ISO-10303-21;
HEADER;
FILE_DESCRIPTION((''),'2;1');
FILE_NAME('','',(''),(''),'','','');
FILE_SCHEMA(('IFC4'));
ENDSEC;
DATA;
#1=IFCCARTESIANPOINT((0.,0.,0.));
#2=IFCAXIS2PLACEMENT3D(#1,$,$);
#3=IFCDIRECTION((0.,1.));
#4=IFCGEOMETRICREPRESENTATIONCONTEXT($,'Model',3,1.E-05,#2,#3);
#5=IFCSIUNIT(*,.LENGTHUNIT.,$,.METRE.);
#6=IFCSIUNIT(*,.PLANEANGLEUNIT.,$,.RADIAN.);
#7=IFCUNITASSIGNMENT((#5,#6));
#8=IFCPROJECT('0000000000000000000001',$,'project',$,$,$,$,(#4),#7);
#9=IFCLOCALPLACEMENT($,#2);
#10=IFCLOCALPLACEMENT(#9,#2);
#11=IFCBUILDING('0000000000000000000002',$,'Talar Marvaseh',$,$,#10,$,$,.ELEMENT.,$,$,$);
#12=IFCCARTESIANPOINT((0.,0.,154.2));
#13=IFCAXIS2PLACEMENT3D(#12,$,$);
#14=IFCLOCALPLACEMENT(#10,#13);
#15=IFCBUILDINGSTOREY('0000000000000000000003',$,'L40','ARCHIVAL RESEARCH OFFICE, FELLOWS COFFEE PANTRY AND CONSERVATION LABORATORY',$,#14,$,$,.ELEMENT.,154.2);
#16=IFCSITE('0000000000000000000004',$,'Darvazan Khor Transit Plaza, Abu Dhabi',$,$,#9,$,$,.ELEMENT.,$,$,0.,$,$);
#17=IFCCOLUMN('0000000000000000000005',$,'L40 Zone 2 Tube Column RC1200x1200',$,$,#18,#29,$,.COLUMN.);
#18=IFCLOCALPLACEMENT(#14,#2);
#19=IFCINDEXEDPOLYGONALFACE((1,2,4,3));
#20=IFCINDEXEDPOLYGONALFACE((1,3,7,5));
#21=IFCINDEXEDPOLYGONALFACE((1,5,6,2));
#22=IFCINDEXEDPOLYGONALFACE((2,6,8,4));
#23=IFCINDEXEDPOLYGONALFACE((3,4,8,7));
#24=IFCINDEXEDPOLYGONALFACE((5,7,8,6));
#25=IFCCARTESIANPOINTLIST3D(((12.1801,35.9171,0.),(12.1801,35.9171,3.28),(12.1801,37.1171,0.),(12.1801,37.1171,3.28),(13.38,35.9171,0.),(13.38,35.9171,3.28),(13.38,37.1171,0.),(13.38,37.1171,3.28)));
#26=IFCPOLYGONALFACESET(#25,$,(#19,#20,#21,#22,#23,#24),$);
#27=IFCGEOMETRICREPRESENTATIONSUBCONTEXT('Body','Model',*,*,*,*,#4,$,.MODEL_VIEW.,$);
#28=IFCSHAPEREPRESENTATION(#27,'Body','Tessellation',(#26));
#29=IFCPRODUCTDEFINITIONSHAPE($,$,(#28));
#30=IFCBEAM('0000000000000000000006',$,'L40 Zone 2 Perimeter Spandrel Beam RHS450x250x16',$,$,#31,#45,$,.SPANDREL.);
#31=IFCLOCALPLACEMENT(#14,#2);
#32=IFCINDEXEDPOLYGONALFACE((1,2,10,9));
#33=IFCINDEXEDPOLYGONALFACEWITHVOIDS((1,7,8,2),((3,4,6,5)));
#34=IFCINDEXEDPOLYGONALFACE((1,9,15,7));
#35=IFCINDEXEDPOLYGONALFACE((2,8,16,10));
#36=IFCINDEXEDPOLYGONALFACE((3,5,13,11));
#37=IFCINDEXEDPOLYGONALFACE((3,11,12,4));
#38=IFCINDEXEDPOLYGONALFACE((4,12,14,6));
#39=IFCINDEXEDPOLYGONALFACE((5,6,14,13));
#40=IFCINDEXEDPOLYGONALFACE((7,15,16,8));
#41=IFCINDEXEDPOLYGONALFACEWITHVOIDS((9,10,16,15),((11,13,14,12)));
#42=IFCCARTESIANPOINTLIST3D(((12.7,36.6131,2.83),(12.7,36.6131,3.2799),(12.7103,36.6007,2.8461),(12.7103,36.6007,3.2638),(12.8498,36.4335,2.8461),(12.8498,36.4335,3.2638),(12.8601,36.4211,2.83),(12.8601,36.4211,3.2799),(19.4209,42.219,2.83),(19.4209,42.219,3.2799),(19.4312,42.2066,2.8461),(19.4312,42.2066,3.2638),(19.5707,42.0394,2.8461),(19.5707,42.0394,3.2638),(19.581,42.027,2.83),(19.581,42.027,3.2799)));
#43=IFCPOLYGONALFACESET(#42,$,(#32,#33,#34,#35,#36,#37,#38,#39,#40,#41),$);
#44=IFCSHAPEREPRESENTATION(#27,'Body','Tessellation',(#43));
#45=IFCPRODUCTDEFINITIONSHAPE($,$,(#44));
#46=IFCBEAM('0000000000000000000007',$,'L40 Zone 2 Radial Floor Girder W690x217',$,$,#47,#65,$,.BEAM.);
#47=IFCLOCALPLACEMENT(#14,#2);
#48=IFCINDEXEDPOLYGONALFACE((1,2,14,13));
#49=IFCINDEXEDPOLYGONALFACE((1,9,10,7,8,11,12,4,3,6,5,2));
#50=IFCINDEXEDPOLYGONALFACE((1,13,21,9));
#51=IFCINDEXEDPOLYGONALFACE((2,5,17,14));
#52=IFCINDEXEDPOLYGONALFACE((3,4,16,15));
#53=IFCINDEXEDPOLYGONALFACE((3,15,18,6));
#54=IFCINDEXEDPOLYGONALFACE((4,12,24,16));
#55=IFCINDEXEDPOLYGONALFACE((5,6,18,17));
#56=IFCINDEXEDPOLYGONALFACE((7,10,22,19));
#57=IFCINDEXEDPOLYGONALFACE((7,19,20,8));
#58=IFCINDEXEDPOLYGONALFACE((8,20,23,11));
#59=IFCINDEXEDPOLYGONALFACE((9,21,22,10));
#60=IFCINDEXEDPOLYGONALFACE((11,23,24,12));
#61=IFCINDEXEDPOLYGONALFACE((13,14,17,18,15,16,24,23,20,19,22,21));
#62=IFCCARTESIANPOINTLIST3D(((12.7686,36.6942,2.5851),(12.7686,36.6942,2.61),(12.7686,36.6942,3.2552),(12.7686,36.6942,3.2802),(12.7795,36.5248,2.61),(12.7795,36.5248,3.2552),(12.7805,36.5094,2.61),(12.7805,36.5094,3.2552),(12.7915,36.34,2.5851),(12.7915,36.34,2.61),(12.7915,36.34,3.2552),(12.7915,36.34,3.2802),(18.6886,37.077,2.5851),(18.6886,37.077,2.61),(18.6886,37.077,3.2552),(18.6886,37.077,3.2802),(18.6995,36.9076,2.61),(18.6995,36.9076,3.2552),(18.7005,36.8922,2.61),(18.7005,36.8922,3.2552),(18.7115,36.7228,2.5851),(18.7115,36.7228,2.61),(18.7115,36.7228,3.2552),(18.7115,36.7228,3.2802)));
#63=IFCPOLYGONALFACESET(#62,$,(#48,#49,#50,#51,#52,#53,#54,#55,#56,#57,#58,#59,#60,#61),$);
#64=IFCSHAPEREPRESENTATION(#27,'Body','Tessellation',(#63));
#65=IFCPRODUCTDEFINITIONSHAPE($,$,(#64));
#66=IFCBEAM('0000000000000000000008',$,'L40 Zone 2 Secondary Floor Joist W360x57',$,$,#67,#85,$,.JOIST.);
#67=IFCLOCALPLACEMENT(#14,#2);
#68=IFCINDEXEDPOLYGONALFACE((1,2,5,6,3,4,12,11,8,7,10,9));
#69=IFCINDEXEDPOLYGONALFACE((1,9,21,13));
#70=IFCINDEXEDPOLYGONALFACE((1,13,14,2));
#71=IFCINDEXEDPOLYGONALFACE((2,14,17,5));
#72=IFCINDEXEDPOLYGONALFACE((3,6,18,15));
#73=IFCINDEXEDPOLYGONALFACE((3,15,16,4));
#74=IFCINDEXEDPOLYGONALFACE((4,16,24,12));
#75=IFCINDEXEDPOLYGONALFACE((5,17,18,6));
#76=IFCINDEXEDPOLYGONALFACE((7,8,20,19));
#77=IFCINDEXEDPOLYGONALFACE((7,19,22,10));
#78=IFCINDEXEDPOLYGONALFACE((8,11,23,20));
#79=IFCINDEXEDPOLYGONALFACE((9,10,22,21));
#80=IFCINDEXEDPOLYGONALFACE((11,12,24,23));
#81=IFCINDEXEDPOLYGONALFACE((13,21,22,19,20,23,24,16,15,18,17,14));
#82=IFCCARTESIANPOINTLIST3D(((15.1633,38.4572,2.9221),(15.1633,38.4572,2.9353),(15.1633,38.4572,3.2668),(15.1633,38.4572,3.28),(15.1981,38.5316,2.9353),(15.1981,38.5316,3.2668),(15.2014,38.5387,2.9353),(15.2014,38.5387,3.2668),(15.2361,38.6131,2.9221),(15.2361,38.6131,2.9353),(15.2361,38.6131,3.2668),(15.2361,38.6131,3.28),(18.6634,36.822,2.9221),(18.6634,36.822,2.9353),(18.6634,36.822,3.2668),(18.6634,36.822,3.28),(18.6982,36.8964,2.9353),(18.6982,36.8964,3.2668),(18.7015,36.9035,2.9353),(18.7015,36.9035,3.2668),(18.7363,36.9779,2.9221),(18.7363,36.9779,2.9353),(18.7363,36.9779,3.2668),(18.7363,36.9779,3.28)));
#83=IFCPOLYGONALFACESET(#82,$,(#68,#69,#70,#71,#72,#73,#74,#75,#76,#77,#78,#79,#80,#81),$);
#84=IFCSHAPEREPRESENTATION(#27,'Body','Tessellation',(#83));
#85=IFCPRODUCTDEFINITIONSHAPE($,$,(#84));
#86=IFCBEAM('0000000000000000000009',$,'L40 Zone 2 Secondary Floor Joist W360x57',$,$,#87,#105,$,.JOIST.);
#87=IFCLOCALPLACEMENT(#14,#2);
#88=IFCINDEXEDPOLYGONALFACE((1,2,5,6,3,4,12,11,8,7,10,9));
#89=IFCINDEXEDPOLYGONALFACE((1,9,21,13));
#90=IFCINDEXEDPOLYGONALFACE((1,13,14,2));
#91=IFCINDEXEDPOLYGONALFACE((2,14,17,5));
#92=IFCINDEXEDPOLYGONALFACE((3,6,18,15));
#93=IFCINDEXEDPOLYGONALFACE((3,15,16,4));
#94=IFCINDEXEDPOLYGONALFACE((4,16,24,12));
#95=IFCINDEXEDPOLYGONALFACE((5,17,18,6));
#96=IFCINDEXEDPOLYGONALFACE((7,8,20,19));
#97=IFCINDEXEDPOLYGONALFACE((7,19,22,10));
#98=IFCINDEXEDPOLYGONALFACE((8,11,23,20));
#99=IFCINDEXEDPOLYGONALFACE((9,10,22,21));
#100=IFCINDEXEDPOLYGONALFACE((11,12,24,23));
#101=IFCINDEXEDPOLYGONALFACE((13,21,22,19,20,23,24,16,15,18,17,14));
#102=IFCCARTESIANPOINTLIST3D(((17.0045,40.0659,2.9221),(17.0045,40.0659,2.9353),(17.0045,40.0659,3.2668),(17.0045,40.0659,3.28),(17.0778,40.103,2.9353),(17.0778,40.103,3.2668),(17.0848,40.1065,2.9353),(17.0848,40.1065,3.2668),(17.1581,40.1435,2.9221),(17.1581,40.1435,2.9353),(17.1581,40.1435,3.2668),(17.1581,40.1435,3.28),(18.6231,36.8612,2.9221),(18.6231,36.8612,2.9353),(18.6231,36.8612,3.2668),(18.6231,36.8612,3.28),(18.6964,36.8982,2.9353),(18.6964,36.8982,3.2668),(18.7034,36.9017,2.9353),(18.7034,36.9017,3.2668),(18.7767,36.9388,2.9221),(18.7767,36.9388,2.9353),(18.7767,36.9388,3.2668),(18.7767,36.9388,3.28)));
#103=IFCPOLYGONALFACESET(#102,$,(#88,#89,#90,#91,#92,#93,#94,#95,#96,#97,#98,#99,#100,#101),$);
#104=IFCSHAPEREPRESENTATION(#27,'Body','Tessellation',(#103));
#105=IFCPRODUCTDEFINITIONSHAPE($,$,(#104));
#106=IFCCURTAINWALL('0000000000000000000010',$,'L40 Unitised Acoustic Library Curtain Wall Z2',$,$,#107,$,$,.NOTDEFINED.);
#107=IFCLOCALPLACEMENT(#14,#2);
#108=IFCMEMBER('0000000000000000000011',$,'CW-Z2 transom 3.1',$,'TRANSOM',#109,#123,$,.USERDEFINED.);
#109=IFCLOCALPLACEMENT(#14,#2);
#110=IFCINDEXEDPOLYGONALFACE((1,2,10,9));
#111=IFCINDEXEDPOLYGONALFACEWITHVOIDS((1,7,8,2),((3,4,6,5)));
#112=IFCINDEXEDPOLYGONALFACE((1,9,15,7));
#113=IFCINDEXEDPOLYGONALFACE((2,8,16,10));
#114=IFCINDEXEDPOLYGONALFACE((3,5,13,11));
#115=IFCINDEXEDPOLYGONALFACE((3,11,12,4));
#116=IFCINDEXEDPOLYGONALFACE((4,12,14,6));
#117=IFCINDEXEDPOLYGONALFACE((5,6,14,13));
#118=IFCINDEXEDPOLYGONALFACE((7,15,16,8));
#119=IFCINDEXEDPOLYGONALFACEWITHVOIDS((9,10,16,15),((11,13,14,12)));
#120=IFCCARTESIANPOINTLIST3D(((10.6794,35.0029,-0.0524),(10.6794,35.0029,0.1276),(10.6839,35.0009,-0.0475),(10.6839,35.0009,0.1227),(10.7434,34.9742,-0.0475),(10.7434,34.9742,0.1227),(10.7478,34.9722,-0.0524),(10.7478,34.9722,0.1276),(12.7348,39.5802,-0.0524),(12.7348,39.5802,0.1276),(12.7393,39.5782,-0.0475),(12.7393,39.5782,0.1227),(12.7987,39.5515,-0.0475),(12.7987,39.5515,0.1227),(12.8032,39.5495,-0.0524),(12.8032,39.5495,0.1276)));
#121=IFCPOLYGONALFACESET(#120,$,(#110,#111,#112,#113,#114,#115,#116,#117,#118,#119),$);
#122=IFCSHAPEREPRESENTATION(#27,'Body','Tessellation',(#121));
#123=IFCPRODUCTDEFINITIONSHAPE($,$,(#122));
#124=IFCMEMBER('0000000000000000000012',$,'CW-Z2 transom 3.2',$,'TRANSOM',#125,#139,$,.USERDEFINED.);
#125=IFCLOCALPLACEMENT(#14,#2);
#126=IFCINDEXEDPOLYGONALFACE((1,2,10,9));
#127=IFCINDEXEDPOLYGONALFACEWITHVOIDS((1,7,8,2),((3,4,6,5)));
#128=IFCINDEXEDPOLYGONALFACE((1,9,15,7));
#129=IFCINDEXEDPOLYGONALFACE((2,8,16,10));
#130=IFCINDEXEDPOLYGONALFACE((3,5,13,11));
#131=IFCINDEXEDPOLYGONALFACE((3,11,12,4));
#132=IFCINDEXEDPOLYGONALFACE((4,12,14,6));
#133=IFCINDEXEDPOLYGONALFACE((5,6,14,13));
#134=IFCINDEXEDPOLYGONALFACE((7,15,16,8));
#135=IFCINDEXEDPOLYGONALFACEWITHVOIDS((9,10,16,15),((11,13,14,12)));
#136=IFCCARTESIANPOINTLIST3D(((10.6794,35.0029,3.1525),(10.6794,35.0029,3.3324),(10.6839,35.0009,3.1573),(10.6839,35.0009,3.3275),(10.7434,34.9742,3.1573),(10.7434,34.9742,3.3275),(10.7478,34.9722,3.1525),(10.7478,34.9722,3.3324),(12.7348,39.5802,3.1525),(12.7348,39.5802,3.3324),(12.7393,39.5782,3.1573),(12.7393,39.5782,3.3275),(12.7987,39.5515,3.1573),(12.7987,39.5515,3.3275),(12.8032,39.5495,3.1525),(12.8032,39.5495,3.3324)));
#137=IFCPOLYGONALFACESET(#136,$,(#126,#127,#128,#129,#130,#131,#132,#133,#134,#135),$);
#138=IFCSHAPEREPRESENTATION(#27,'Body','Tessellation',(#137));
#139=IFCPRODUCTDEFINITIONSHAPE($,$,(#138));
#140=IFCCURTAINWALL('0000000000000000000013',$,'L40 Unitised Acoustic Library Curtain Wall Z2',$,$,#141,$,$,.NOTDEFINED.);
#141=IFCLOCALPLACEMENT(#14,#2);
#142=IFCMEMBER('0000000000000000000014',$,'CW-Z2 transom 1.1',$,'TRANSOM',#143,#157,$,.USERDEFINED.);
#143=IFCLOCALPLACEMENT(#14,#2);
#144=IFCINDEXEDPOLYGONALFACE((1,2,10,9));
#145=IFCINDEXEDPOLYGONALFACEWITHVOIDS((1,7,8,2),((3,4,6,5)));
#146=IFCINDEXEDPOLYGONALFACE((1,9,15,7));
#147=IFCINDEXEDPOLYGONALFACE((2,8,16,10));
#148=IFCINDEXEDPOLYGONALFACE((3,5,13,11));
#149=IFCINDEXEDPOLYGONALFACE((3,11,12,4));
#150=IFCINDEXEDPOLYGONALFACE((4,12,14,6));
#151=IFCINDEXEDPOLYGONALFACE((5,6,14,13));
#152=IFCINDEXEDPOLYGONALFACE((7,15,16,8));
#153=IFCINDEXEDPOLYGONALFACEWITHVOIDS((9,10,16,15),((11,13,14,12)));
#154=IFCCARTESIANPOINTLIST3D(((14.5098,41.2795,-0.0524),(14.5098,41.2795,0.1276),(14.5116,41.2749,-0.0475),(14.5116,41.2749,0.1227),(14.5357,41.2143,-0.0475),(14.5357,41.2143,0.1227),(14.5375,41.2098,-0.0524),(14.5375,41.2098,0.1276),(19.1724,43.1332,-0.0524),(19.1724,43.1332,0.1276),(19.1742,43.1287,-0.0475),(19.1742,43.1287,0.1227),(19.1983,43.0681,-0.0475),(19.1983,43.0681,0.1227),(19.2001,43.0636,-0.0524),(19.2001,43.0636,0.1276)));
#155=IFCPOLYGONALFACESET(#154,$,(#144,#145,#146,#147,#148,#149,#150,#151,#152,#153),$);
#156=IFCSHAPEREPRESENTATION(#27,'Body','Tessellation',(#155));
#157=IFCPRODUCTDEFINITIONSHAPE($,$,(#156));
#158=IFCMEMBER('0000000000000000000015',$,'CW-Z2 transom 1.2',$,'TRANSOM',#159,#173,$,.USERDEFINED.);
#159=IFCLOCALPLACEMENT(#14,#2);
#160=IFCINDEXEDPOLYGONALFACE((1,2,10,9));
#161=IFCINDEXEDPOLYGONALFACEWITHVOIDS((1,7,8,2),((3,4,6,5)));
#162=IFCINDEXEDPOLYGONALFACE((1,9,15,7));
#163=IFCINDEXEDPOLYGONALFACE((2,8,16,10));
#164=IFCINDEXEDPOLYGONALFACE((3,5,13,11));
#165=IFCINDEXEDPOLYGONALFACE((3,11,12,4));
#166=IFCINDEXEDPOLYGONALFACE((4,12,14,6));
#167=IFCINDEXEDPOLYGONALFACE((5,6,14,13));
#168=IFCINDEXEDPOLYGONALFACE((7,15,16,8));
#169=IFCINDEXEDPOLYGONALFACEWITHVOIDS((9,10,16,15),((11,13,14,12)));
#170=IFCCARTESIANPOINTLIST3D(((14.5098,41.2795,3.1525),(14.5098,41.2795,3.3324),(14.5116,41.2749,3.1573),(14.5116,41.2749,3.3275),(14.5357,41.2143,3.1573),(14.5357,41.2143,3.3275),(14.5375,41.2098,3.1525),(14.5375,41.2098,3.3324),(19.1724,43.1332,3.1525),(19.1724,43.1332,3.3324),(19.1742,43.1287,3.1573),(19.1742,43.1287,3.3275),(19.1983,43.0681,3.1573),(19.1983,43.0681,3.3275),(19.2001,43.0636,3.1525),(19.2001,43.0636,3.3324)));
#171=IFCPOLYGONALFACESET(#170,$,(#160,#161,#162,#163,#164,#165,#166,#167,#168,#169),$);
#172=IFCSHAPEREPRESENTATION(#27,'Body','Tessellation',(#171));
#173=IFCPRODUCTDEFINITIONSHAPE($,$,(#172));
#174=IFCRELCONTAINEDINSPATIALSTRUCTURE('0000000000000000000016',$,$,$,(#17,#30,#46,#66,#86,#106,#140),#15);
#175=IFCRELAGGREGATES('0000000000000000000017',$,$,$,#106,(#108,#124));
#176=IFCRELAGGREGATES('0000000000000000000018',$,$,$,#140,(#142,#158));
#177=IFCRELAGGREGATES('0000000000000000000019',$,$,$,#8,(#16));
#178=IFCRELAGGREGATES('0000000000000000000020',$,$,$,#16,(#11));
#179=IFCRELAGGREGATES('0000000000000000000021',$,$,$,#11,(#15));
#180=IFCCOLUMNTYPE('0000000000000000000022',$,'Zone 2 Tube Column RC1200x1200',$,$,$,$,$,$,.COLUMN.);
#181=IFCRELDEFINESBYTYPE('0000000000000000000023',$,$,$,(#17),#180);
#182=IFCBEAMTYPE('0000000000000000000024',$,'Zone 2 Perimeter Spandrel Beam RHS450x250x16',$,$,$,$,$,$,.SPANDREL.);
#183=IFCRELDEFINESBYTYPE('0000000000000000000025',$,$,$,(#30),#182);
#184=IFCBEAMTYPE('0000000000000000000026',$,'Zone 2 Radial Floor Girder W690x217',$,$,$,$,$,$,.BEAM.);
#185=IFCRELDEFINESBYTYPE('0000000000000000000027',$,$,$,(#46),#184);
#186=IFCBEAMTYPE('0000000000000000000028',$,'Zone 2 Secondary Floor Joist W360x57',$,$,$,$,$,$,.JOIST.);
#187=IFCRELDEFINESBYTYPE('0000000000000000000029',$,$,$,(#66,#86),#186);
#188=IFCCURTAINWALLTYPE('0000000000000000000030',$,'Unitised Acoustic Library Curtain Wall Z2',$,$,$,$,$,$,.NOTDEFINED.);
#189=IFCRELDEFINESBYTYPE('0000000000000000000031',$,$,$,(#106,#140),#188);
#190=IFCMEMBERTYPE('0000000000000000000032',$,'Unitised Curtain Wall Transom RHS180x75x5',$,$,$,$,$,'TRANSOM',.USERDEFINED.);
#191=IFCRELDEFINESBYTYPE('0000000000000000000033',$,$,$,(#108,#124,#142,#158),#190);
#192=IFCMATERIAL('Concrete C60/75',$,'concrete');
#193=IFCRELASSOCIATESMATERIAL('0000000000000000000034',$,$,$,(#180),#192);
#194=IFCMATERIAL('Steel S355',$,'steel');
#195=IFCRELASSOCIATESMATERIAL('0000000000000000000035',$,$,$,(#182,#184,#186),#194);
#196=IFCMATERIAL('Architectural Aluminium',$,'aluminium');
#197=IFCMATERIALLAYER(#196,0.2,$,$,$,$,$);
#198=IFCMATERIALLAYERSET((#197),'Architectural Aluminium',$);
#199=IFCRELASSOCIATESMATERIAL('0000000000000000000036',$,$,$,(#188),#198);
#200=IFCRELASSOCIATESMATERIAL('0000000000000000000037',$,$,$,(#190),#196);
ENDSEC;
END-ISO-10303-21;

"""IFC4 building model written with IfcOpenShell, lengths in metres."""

from ifc_helpers import new_model, si_unit, direction, frame, origin, origin_2d, place, context, subcontext, project, spatial, rectangle, hollow_rectangle, i_section, extrude, source, transform, mapped, material, layer, layer_set, material_profile, profile_set, type_object, type_shapes, element, aggregate, save


model = new_model("IFC4")

# Units and contexts
model_context = context("Model", 3, precision=1e-05, world=origin(), true_north=direction((0.0, 1.0)))
body_context = subcontext(model_context, "Body", "Model", "MODEL_VIEW")
ifc_project = project(units=[si_unit("LENGTHUNIT", "METRE"), si_unit("PLANEANGLEUNIT", "RADIAN")], contexts=[model_context])

# Site, building, storey
site_placement = place(None, origin())
site = spatial("IfcSite", under=ifc_project, at=site_placement, Name="Darvazan Khor Transit Plaza, Abu Dhabi", CompositionType="ELEMENT", RefElevation=0.0)
building_placement = place(site_placement, origin())
building = spatial("IfcBuilding", under=site, at=building_placement, Name="Talar Marvaseh", CompositionType="ELEMENT")
storey_placement = place(building_placement, frame((0.0, 0.0, 154.2)))
storey = spatial("IfcBuildingStorey", under=building, at=storey_placement, Name="L40", Description="ARCHIVAL RESEARCH OFFICE, FELLOWS COFFEE PANTRY AND CONSERVATION LABORATORY", CompositionType="ELEMENT", Elevation=154.2)

# Column
ifc_material_1 = material(Name="Concrete C60/75", Category="concrete")
ifc_material_profile_1 = material_profile(ifc_material_1, rectangle(XDim=1.2, YDim=1.2, at=origin_2d()), Name="RC1200x1200")
ifc_profile_set_1 = profile_set([ifc_material_profile_1], Name="Concrete C60/75")
column_type = type_object("IfcColumnType", Name="Zone 2 Tube Column RC1200x1200", PredefinedType="COLUMN", material=ifc_profile_set_1)
column_placement = place(storey_placement, frame((12.78, 36.5171, 0.0), z_axis=(0.0, 0.0, 1.0), x_axis=(1.0, 0.0, 0.0)))
element("IfcColumn", 1, at=column_placement, inside=storey, type_object=column_type, Name="L40 Zone 2 Tube Column RC1200x1200", PredefinedType="COLUMN", context=body_context, shape_type="SweptSolid", body=[
    extrude(rectangle(XDim=1.2, YDim=1.2, at=origin_2d()), origin(), (0.0, 0.0, 1.0), 3.28),
])

# Beams
ifc_material_2 = material(Name="Steel S355", Category="steel")
ifc_material_profile_2 = material_profile(ifc_material_2, hollow_rectangle(XDim=0.25, YDim=0.45, WallThickness=0.0161, at=origin_2d()), Name="RHS450x250x16")
ifc_profile_set_2 = profile_set([ifc_material_profile_2], Name="Steel S355")
beam_type_1 = type_object("IfcBeamType", Name="Zone 2 Perimeter Spandrel Beam RHS450x250x16", PredefinedType="SPANDREL", material=ifc_profile_set_2)
beam_1_placement = place(storey_placement, frame((12.78, 36.5171, 3.0549), z_axis=(0.767931, 0.640533, 0.0), x_axis=(-0.640533, 0.767931, 0.0)))
element("IfcBeam", 2, at=beam_1_placement, inside=storey, type_object=beam_type_1, Name="L40 Zone 2 Perimeter Spandrel Beam RHS450x250x16", PredefinedType="SPANDREL", context=body_context, shape_type="SweptSolid", body=[
    extrude(hollow_rectangle(XDim=0.25, YDim=0.45, WallThickness=0.0161, at=origin_2d()), origin(), (0.0, 0.0, 1.0), 8.752),
])
ifc_material_profile_3 = material_profile(ifc_material_2, i_section(OverallWidth=0.355, OverallDepth=0.6951, WebThickness=0.0154, FlangeThickness=0.0249, at=origin_2d()), Name="W690x217")
ifc_profile_set_3 = profile_set([ifc_material_profile_3], Name="Steel S355")
beam_type_2 = type_object("IfcBeamType", Name="Zone 2 Radial Floor Girder W690x217", PredefinedType="BEAM", material=ifc_profile_set_3)
beam_2_placement = place(storey_placement, frame((12.78, 36.5171, 2.9326), z_axis=(0.997916, 0.06453, 0.0), x_axis=(-0.06453, 0.997916, 0.0)))
element("IfcBeam", 3, at=beam_2_placement, inside=storey, type_object=beam_type_2, Name="L40 Zone 2 Radial Floor Girder W690x217", PredefinedType="BEAM", context=body_context, shape_type="SweptSolid", body=[
    extrude(i_section(OverallWidth=0.355, OverallDepth=0.6951, WebThickness=0.0154, FlangeThickness=0.0249, at=origin_2d()), origin(), (0.0, 0.0, 1.0), 5.9324),
])
ifc_material_profile_4 = material_profile(ifc_material_2, i_section(OverallWidth=0.1721, OverallDepth=0.3579, WebThickness=0.0078, FlangeThickness=0.0132, at=origin_2d()), Name="W360x57")
ifc_profile_set_4 = profile_set([ifc_material_profile_4], Name="Steel S355")
beam_type_3 = type_object("IfcBeamType", Name="Zone 2 Secondary Floor Joist W360x57", PredefinedType="JOIST", material=ifc_profile_set_4)
beam_3_placement = place(storey_placement, frame((15.1997, 38.5352, 3.1011), z_axis=(0.906004, -0.423269, 0.0), x_axis=(0.423269, 0.906004, 0.0)))
element("IfcBeam", 4, at=beam_3_placement, inside=storey, type_object=beam_type_3, Name="L40 Zone 2 Secondary Floor Joist W360x57", PredefinedType="JOIST", context=body_context, shape_type="SweptSolid", body=[
    extrude(i_section(OverallWidth=0.1721, OverallDepth=0.3579, WebThickness=0.0078, FlangeThickness=0.0132, at=origin_2d()), origin(), (0.0, 0.0, 1.0), 3.8633),
])
beam_4_placement = place(storey_placement, frame((17.0813, 40.1047, 3.1011), z_axis=(0.450827, -0.892611, 0.0), x_axis=(0.892611, 0.450827, 0.0)))
element("IfcBeam", 5, at=beam_4_placement, inside=storey, type_object=beam_type_3, Name="L40 Zone 2 Secondary Floor Joist W360x57", PredefinedType="JOIST", context=body_context, shape_type="SweptSolid", body=[
    extrude(i_section(OverallWidth=0.1721, OverallDepth=0.3579, WebThickness=0.0078, FlangeThickness=0.0132, at=origin_2d()), origin(), (0.0, 0.0, 1.0), 3.5903),
])

# Curtain walls, members
ifc_material_3 = material(Name="Architectural Aluminium", Category="aluminium")
ifc_layer_1 = layer(ifc_material_3, 0.2)
ifc_layer_set_1 = layer_set([ifc_layer_1], Name="Architectural Aluminium")
curtain_wall_type = type_object("IfcCurtainWallType", Name="Unitised Acoustic Library Curtain Wall Z2", PredefinedType="NOTDEFINED", material=ifc_layer_set_1)
curtain_wall_1_placement = place(storey_placement, origin())
curtain_wall_1 = element("IfcCurtainWall", 6, at=curtain_wall_1_placement, inside=storey, type_object=curtain_wall_type, Name="L40 Unitised Acoustic Library Curtain Wall Z2", PredefinedType="NOTDEFINED")
ifc_material_profile_5 = material_profile(ifc_material_3, hollow_rectangle(XDim=0.075, YDim=0.1799, WallThickness=0.0049, at=origin_2d()), Name="RHS180x75x5")
ifc_profile_set_5 = profile_set([ifc_material_profile_5], Name="Architectural Aluminium")
member_type_1 = type_object("IfcMemberType", Name="Unitised Curtain Wall Transom RHS180x75x5", ElementType="TRANSOM", PredefinedType="USERDEFINED", material=ifc_profile_set_5)
shared_shape_1 = source(origin(), body_context, "Body", "SweptSolid", [
    extrude(hollow_rectangle(XDim=0.075, YDim=0.1799, WallThickness=0.0049, at=origin_2d()), origin(), (0.0, 0.0, 1.0), 5.0176),
])
type_shapes(member_type_1, [shared_shape_1])
member_1_placement = place(storey_placement, frame((10.7136, 34.9875, 0.0376), z_axis=(0.409634, 0.91225, 0.0), x_axis=(-0.91225, 0.409634, 0.0)))
member_1 = element("IfcMember", 7, at=member_1_placement, type_object=member_type_1, Name="CW-Z2 transom 3.1", ObjectType="TRANSOM", PredefinedType="USERDEFINED", context=body_context, shape_type="MappedRepresentation", body=[
    mapped(shared_shape_1, transform((0.0, 0.0, 0.0), x_axis=(1.0, 0.0, 0.0), y_axis=(0.0, 1.0, 0.0), z_axis=(0.0, 0.0, 1.0), scale=1.0)),
])
member_2_placement = place(storey_placement, frame((10.7136, 34.9875, 3.2424), z_axis=(0.409634, 0.91225, 0.0), x_axis=(-0.91225, 0.409634, 0.0)))
member_2 = element("IfcMember", 8, at=member_2_placement, type_object=member_type_1, Name="CW-Z2 transom 3.2", ObjectType="TRANSOM", PredefinedType="USERDEFINED", context=body_context, shape_type="MappedRepresentation", body=[
    mapped(shared_shape_1, transform((0.0, 0.0, 0.0), x_axis=(1.0, 0.0, 0.0), y_axis=(0.0, 1.0, 0.0), z_axis=(0.0, 0.0, 1.0), scale=1.0)),
])
curtain_wall_2_placement = place(storey_placement, origin())
curtain_wall_2 = element("IfcCurtainWall", 9, at=curtain_wall_2_placement, inside=storey, type_object=curtain_wall_type, Name="L40 Unitised Acoustic Library Curtain Wall Z2", PredefinedType="NOTDEFINED")
member_3_placement = place(storey_placement, frame((14.5237, 41.2446, 0.0376), z_axis=(0.92925, 0.369452, 0.0), x_axis=(-0.369452, 0.92925, 0.0)))
member_3 = element("IfcMember", 10, at=member_3_placement, type_object=member_type_1, Name="CW-Z2 transom 1.1", ObjectType="TRANSOM", PredefinedType="USERDEFINED", context=body_context, shape_type="MappedRepresentation", body=[
    mapped(shared_shape_1, transform((0.0, 0.0, 0.0), x_axis=(1.0, 0.0, 0.0), y_axis=(0.0, 1.0, 0.0), z_axis=(0.0, 0.0, 1.0), scale=1.0)),
])
member_4_placement = place(storey_placement, frame((14.5237, 41.2446, 3.2424), z_axis=(0.92925, 0.369452, 0.0), x_axis=(-0.369452, 0.92925, 0.0)))
member_4 = element("IfcMember", 11, at=member_4_placement, type_object=member_type_1, Name="CW-Z2 transom 1.2", ObjectType="TRANSOM", PredefinedType="USERDEFINED", context=body_context, shape_type="MappedRepresentation", body=[
    mapped(shared_shape_1, transform((0.0, 0.0, 0.0), x_axis=(1.0, 0.0, 0.0), y_axis=(0.0, 1.0, 0.0), z_axis=(0.0, 0.0, 1.0), scale=1.0)),
])

aggregate(curtain_wall_1, [member_1, member_2])
aggregate(curtain_wall_2, [member_3, member_4])

save(model, "model.ifc")
